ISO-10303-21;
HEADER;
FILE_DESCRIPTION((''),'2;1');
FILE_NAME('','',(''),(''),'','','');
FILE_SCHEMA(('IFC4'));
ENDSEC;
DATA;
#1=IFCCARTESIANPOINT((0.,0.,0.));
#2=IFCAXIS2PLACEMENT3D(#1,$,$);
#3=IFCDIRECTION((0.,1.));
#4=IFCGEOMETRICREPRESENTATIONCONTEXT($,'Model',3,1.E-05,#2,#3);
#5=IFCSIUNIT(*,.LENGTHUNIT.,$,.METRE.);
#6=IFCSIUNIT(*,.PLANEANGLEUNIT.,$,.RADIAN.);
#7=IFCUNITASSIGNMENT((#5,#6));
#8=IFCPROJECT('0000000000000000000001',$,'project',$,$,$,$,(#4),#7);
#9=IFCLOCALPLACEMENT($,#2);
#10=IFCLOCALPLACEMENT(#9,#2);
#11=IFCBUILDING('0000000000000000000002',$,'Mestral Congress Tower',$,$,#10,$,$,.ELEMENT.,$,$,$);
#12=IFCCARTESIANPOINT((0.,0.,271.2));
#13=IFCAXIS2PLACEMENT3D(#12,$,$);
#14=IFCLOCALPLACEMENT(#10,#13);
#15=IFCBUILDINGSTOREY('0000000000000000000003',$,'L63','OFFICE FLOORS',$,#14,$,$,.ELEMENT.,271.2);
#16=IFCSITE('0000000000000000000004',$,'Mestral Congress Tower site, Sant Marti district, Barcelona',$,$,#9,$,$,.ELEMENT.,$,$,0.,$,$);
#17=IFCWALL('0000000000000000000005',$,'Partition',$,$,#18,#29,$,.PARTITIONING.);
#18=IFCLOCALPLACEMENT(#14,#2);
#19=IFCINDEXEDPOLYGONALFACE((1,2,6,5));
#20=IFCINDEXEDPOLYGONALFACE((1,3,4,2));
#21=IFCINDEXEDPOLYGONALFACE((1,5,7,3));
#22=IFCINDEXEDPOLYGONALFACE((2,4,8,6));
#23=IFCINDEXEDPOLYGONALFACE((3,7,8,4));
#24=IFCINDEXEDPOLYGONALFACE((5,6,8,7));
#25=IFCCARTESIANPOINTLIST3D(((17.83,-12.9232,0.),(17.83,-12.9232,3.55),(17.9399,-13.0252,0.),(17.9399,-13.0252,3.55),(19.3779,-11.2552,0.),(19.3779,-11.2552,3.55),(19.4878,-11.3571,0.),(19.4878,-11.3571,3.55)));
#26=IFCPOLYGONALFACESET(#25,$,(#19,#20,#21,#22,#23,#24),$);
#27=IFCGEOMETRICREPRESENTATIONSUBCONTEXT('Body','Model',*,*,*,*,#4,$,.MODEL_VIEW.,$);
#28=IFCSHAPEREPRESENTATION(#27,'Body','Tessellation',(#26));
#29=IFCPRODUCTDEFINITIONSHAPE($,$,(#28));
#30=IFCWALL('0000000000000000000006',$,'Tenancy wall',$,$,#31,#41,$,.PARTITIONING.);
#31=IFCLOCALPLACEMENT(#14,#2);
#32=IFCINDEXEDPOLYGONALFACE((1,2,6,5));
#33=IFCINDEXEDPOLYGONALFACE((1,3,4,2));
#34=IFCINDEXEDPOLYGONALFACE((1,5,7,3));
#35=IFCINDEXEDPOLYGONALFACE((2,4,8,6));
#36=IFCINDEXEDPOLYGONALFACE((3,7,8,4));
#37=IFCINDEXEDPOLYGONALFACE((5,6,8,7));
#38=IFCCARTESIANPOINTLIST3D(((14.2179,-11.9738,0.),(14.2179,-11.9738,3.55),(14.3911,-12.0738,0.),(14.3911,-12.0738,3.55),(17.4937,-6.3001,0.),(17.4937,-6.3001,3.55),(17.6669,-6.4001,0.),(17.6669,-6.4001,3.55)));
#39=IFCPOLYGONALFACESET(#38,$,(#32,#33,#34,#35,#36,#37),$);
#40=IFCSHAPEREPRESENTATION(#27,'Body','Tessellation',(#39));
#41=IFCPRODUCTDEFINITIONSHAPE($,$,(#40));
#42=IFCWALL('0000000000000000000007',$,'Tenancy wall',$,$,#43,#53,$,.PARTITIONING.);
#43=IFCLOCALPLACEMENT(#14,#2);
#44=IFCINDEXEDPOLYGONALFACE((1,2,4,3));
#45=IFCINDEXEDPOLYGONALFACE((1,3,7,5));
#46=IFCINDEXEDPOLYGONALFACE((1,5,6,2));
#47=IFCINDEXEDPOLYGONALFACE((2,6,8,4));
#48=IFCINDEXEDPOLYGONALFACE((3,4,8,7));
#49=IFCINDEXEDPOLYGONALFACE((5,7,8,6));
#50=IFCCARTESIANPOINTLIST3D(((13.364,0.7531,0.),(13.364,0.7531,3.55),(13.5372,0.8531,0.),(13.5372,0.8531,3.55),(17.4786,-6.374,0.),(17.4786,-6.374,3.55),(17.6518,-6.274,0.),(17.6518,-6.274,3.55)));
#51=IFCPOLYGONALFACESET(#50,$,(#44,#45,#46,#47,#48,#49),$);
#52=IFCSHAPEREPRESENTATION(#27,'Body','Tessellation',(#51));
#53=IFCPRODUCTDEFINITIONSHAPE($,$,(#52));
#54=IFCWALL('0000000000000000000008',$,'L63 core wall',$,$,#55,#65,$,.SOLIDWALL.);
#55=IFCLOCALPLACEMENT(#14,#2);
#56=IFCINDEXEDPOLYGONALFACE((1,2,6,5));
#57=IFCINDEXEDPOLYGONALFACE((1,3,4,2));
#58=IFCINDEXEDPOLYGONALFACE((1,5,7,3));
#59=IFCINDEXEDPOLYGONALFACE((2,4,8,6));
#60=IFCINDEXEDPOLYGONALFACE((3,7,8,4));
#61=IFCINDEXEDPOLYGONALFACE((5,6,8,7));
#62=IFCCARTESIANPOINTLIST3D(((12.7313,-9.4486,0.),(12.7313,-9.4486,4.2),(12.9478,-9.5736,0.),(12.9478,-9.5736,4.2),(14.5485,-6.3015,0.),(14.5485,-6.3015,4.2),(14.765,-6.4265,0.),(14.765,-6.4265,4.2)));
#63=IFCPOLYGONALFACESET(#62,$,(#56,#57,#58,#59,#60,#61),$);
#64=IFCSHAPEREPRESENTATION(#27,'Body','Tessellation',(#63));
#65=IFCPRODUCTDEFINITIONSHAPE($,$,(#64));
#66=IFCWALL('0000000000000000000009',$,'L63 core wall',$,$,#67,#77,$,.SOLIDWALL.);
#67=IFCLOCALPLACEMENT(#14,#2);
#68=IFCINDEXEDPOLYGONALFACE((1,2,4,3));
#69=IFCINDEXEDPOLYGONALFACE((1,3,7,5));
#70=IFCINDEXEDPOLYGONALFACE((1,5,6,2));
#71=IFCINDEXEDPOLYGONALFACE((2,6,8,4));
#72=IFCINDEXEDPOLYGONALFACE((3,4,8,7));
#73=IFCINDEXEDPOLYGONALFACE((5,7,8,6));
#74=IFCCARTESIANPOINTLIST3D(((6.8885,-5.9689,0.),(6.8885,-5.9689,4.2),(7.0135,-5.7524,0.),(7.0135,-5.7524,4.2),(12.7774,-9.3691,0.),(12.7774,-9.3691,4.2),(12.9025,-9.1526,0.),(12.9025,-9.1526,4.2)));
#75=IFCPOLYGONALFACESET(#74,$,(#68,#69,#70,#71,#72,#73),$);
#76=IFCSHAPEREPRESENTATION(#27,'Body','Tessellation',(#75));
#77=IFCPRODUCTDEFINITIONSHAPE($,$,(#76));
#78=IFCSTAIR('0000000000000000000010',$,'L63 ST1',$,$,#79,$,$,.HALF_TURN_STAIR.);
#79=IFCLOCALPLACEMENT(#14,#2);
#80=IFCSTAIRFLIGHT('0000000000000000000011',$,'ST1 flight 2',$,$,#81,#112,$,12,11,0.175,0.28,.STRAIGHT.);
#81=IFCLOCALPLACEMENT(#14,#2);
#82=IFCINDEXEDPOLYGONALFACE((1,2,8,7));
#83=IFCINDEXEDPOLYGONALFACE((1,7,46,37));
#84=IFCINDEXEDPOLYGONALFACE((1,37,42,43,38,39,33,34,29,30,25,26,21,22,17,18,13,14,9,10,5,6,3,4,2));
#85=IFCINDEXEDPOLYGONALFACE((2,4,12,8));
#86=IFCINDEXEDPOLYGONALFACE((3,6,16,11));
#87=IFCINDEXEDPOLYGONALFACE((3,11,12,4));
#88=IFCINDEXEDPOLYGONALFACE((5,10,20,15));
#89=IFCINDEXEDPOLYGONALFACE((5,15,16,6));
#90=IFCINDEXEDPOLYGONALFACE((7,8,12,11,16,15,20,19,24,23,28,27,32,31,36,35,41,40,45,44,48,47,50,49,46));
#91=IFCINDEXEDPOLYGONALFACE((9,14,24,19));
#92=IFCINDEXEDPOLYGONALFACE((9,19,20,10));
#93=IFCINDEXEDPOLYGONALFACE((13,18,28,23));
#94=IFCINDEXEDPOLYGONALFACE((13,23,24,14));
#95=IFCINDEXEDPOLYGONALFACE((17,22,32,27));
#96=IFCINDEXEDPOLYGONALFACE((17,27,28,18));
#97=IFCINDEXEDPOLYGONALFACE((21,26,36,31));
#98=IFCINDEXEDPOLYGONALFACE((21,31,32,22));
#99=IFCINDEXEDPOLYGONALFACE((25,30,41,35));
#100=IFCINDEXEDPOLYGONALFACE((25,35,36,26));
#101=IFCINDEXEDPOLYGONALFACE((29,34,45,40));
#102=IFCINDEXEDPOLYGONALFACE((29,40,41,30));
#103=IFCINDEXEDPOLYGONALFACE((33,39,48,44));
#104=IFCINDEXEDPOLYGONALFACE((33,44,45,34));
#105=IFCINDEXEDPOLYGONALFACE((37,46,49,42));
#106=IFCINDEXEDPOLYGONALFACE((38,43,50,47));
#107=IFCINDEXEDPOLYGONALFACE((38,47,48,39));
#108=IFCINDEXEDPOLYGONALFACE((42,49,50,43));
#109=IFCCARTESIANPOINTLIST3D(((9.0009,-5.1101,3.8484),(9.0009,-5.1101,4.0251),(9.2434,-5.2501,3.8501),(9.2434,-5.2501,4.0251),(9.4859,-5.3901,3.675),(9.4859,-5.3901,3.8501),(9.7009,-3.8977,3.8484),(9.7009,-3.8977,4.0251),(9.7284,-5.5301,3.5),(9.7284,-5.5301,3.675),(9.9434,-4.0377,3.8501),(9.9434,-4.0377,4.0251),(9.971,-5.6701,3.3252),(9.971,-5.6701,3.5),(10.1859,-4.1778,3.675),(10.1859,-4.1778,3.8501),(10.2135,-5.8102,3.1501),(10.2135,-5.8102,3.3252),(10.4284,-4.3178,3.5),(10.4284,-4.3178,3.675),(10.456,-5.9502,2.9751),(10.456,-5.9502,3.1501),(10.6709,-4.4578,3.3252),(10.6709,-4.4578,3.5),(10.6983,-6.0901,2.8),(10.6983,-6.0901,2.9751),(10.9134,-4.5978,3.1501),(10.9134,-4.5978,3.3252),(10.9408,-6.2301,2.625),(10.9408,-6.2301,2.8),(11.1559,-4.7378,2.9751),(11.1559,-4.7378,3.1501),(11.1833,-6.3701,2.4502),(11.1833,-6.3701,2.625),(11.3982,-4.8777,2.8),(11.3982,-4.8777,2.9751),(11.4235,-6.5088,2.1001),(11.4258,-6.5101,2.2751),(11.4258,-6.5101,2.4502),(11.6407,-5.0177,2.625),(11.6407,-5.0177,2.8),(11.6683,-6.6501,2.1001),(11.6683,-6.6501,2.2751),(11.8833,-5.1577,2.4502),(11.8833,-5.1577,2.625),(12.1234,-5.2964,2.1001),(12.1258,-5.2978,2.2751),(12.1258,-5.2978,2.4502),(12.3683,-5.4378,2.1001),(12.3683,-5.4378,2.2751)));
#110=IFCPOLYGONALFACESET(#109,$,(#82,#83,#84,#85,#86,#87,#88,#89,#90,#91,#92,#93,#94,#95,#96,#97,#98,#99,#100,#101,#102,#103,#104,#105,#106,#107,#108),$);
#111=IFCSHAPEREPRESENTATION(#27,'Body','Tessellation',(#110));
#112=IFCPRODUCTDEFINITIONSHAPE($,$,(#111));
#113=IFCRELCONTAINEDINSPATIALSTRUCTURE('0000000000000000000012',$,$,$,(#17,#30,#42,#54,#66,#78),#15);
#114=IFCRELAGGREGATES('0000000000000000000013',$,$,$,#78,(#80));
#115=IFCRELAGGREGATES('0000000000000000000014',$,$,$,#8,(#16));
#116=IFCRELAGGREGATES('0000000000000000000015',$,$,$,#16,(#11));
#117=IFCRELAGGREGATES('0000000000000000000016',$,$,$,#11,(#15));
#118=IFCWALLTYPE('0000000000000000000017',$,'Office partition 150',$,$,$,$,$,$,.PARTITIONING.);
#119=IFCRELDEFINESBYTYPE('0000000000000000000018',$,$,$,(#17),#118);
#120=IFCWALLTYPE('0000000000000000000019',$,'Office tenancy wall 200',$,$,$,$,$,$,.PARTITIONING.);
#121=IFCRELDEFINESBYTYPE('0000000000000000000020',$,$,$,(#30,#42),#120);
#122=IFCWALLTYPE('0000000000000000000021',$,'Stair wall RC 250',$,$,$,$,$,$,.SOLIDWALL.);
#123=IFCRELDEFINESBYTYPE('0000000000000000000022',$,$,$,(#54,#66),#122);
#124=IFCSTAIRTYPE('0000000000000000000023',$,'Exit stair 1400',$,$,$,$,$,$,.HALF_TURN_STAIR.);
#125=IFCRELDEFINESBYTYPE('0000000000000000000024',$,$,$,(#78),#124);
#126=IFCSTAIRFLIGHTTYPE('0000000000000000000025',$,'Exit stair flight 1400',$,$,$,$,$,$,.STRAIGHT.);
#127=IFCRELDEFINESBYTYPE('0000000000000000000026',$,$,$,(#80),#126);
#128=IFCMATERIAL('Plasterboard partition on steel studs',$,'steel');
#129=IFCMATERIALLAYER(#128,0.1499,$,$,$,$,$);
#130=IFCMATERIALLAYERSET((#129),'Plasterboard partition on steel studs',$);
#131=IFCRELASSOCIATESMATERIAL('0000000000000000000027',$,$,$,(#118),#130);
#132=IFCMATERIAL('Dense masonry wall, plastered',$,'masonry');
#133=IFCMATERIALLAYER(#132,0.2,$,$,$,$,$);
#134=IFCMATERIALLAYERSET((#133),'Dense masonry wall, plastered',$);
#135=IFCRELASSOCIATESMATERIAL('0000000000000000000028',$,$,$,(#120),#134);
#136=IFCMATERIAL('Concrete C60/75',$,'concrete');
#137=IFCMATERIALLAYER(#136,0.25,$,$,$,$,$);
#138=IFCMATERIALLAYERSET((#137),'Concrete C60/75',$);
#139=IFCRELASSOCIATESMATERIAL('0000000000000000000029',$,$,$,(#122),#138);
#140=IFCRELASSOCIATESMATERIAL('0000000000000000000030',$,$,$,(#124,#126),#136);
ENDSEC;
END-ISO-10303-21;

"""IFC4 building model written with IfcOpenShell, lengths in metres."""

from ifc_helpers import new_model, si_unit, direction, frame, frame_2d, origin, place, context, subcontext, project, spatial, polyline, rectangle, outline, extrude, material, layer, layer_set, type_object, element, aggregate, save


model = new_model("IFC4")

# Units and contexts
model_context = context("Model", 3, precision=1e-05, world=origin(), true_north=direction((0.0, 1.0)))
body_context = subcontext(model_context, "Body", "Model", "MODEL_VIEW")
ifc_project = project(units=[si_unit("LENGTHUNIT", "METRE"), si_unit("PLANEANGLEUNIT", "RADIAN")], contexts=[model_context])

# Site, building, storey
site_placement = place(None, origin())
site = spatial("IfcSite", under=ifc_project, at=site_placement, Name="Mestral Congress Tower site, Sant Marti district, Barcelona", CompositionType="ELEMENT", RefElevation=0.0)
building_placement = place(site_placement, origin())
building = spatial("IfcBuilding", under=site, at=building_placement, Name="Mestral Congress Tower", CompositionType="ELEMENT")
storey_placement = place(building_placement, frame((0.0, 0.0, 271.2)))
storey = spatial("IfcBuildingStorey", under=building, at=storey_placement, Name="L63", Description="OFFICE FLOORS", CompositionType="ELEMENT", Elevation=271.2)

# Shared definitions
ifc_material_1 = material(Name="Concrete C60/75", Category="concrete")

# Shared definitions
ifc_material_2 = material(Name="Plasterboard partition on steel studs", Category="steel")
ifc_layer_1 = layer(ifc_material_2, 0.1499)
ifc_layer_set_1 = layer_set([ifc_layer_1], Name="Plasterboard partition on steel studs")
wall_type_1 = type_object("IfcWallType", Name="Office partition 150", PredefinedType="PARTITIONING", material=ifc_layer_set_1)

# Walls
wall_1_placement = place(storey_placement, frame((17.885, -12.9741, 0.0), z_axis=(0.0, 0.0, 1.0), x_axis=(0.680221, 0.733007, 0.0)))
element("IfcWall", 1, at=wall_1_placement, inside=storey, type_object=wall_type_1, Name="Partition", PredefinedType="PARTITIONING", context=body_context, shape_type="SweptSolid", body=[
    extrude(rectangle(XDim=2.2756, YDim=0.1499, at=frame_2d((1.1377, 0.0))), origin(), (0.0, 0.0, 1.0), 3.55),
])
ifc_material_3 = material(Name="Dense masonry wall, plastered", Category="masonry")
ifc_layer_2 = layer(ifc_material_3, 0.2)
ifc_layer_set_2 = layer_set([ifc_layer_2], Name="Dense masonry wall, plastered")
wall_type_2 = type_object("IfcWallType", Name="Office tenancy wall 200", PredefinedType="PARTITIONING", material=ifc_layer_set_2)
wall_2_placement = place(storey_placement, frame((14.3044, -12.0239, 0.0), z_axis=(0.0, 0.0, 1.0), x_axis=(0.500011, 0.866019, 0.0)))
element("IfcWall", 2, at=wall_2_placement, inside=storey, type_object=wall_type_2, Name="Tenancy wall", PredefinedType="PARTITIONING", context=body_context, shape_type="SweptSolid", body=[
    extrude(rectangle(XDim=6.5515, YDim=0.2, at=frame_2d((3.2759, 0.0))), origin(), (0.0, 0.0, 1.0), 3.55),
])
wall_3_placement = place(storey_placement, frame((17.5652, -6.324, 0.0), z_axis=(0.0, 0.0, 1.0), x_axis=(-0.499978, 0.866038, 0.0)))
element("IfcWall", 3, at=wall_3_placement, inside=storey, type_object=wall_type_2, Name="Tenancy wall", PredefinedType="PARTITIONING", context=body_context, shape_type="SweptSolid", body=[
    extrude(rectangle(XDim=8.2295, YDim=0.2, at=frame_2d((4.1147, 0.0))), origin(), (0.0, 0.0, 1.0), 3.55),
])
ifc_layer_3 = layer(ifc_material_1, 0.25)
ifc_layer_set_3 = layer_set([ifc_layer_3], Name="Concrete C60/75")
wall_type_3 = type_object("IfcWallType", Name="Stair wall RC 250", PredefinedType="SOLIDWALL", material=ifc_layer_set_3)
wall_4_placement = place(storey_placement, frame((12.8396, -9.511, 0.0), z_axis=(0.0, 0.0, 1.0), x_axis=(0.500048, 0.865998, 0.0)))
element("IfcWall", 4, at=wall_4_placement, inside=storey, type_object=wall_type_3, Name="L63 core wall", PredefinedType="SOLIDWALL", context=body_context, shape_type="SweptSolid", body=[
    extrude(rectangle(XDim=3.634, YDim=0.25, at=frame_2d((1.8169, 0.0))), origin(), (0.0, 0.0, 1.0), 4.2),
])
wall_5_placement = place(storey_placement, frame((12.8398, -9.2607, 0.0), z_axis=(0.0, 0.0, 1.0), x_axis=(-0.866014, 0.50002, 0.0)))
element("IfcWall", 5, at=wall_5_placement, inside=storey, type_object=wall_type_3, Name="L63 core wall", PredefinedType="SOLIDWALL", context=body_context, shape_type="SweptSolid", body=[
    extrude(rectangle(XDim=6.8, YDim=0.25, at=frame_2d((3.3999, 0.0))), origin(), (0.0, 0.0, 1.0), 4.2),
])

# Stair, stair flight
stair_type = type_object("IfcStairType", Name="Exit stair 1400", PredefinedType="HALF_TURN_STAIR", material=ifc_material_1)
stair_placement = place(storey_placement, origin())
stair = element("IfcStair", 6, at=stair_placement, inside=storey, type_object=stair_type, Name="L63 ST1", PredefinedType="HALF_TURN_STAIR")
stair_flight_type = type_object("IfcStairFlightType", Name="Exit stair flight 1400", PredefinedType="STRAIGHT", material=ifc_material_1)
stair_flight_placement = place(storey_placement, frame((12.0183, -6.0439, 2.1001), z_axis=(0.0, 0.0, 1.0), x_axis=(-0.866025, 0.5, 0.0)))
stair_flight = element("IfcStairFlight", 7, at=stair_flight_placement, type_object=stair_flight_type, Name="ST1 flight 2", NumberOfRisers=12, NumberOfTreads=11, PredefinedType="STRAIGHT", RiserHeight=0.175, TreadLength=0.28, context=body_context, shape_type="SweptSolid", body=[
    extrude(outline(polyline([(0.0, 0.0), (0.0, 0.175), (0.28, 0.175), (0.28, 0.3501), (0.5601, 0.3501), (0.5601, 0.5249), (0.8401, 0.5249), (0.8401, 0.7), (1.1201, 0.7), (1.1201, 0.875), (1.3999, 0.875), (1.3999, 1.05), (1.6799, 1.05), (1.6799, 1.2251), (1.96, 1.2251), (1.96, 1.3999), (2.24, 1.3999), (2.24, 1.575), (2.52, 1.575), (2.52, 1.75), (2.8, 1.75), (2.8, 1.925), (3.0801, 1.925), (3.0801, 2.1001), (3.0801, 1.7483), (0.2827, 0.0), (0.0, 0.0)])), frame((0.0, 0.7, 0.0), z_axis=(0.0, -1.0, 0.0), x_axis=(1.0, 0.0, 0.0)), (0.0, 0.0, 1.0), 1.3999),
])
aggregate(stair, [stair_flight])

save(model, "model.ifc")
